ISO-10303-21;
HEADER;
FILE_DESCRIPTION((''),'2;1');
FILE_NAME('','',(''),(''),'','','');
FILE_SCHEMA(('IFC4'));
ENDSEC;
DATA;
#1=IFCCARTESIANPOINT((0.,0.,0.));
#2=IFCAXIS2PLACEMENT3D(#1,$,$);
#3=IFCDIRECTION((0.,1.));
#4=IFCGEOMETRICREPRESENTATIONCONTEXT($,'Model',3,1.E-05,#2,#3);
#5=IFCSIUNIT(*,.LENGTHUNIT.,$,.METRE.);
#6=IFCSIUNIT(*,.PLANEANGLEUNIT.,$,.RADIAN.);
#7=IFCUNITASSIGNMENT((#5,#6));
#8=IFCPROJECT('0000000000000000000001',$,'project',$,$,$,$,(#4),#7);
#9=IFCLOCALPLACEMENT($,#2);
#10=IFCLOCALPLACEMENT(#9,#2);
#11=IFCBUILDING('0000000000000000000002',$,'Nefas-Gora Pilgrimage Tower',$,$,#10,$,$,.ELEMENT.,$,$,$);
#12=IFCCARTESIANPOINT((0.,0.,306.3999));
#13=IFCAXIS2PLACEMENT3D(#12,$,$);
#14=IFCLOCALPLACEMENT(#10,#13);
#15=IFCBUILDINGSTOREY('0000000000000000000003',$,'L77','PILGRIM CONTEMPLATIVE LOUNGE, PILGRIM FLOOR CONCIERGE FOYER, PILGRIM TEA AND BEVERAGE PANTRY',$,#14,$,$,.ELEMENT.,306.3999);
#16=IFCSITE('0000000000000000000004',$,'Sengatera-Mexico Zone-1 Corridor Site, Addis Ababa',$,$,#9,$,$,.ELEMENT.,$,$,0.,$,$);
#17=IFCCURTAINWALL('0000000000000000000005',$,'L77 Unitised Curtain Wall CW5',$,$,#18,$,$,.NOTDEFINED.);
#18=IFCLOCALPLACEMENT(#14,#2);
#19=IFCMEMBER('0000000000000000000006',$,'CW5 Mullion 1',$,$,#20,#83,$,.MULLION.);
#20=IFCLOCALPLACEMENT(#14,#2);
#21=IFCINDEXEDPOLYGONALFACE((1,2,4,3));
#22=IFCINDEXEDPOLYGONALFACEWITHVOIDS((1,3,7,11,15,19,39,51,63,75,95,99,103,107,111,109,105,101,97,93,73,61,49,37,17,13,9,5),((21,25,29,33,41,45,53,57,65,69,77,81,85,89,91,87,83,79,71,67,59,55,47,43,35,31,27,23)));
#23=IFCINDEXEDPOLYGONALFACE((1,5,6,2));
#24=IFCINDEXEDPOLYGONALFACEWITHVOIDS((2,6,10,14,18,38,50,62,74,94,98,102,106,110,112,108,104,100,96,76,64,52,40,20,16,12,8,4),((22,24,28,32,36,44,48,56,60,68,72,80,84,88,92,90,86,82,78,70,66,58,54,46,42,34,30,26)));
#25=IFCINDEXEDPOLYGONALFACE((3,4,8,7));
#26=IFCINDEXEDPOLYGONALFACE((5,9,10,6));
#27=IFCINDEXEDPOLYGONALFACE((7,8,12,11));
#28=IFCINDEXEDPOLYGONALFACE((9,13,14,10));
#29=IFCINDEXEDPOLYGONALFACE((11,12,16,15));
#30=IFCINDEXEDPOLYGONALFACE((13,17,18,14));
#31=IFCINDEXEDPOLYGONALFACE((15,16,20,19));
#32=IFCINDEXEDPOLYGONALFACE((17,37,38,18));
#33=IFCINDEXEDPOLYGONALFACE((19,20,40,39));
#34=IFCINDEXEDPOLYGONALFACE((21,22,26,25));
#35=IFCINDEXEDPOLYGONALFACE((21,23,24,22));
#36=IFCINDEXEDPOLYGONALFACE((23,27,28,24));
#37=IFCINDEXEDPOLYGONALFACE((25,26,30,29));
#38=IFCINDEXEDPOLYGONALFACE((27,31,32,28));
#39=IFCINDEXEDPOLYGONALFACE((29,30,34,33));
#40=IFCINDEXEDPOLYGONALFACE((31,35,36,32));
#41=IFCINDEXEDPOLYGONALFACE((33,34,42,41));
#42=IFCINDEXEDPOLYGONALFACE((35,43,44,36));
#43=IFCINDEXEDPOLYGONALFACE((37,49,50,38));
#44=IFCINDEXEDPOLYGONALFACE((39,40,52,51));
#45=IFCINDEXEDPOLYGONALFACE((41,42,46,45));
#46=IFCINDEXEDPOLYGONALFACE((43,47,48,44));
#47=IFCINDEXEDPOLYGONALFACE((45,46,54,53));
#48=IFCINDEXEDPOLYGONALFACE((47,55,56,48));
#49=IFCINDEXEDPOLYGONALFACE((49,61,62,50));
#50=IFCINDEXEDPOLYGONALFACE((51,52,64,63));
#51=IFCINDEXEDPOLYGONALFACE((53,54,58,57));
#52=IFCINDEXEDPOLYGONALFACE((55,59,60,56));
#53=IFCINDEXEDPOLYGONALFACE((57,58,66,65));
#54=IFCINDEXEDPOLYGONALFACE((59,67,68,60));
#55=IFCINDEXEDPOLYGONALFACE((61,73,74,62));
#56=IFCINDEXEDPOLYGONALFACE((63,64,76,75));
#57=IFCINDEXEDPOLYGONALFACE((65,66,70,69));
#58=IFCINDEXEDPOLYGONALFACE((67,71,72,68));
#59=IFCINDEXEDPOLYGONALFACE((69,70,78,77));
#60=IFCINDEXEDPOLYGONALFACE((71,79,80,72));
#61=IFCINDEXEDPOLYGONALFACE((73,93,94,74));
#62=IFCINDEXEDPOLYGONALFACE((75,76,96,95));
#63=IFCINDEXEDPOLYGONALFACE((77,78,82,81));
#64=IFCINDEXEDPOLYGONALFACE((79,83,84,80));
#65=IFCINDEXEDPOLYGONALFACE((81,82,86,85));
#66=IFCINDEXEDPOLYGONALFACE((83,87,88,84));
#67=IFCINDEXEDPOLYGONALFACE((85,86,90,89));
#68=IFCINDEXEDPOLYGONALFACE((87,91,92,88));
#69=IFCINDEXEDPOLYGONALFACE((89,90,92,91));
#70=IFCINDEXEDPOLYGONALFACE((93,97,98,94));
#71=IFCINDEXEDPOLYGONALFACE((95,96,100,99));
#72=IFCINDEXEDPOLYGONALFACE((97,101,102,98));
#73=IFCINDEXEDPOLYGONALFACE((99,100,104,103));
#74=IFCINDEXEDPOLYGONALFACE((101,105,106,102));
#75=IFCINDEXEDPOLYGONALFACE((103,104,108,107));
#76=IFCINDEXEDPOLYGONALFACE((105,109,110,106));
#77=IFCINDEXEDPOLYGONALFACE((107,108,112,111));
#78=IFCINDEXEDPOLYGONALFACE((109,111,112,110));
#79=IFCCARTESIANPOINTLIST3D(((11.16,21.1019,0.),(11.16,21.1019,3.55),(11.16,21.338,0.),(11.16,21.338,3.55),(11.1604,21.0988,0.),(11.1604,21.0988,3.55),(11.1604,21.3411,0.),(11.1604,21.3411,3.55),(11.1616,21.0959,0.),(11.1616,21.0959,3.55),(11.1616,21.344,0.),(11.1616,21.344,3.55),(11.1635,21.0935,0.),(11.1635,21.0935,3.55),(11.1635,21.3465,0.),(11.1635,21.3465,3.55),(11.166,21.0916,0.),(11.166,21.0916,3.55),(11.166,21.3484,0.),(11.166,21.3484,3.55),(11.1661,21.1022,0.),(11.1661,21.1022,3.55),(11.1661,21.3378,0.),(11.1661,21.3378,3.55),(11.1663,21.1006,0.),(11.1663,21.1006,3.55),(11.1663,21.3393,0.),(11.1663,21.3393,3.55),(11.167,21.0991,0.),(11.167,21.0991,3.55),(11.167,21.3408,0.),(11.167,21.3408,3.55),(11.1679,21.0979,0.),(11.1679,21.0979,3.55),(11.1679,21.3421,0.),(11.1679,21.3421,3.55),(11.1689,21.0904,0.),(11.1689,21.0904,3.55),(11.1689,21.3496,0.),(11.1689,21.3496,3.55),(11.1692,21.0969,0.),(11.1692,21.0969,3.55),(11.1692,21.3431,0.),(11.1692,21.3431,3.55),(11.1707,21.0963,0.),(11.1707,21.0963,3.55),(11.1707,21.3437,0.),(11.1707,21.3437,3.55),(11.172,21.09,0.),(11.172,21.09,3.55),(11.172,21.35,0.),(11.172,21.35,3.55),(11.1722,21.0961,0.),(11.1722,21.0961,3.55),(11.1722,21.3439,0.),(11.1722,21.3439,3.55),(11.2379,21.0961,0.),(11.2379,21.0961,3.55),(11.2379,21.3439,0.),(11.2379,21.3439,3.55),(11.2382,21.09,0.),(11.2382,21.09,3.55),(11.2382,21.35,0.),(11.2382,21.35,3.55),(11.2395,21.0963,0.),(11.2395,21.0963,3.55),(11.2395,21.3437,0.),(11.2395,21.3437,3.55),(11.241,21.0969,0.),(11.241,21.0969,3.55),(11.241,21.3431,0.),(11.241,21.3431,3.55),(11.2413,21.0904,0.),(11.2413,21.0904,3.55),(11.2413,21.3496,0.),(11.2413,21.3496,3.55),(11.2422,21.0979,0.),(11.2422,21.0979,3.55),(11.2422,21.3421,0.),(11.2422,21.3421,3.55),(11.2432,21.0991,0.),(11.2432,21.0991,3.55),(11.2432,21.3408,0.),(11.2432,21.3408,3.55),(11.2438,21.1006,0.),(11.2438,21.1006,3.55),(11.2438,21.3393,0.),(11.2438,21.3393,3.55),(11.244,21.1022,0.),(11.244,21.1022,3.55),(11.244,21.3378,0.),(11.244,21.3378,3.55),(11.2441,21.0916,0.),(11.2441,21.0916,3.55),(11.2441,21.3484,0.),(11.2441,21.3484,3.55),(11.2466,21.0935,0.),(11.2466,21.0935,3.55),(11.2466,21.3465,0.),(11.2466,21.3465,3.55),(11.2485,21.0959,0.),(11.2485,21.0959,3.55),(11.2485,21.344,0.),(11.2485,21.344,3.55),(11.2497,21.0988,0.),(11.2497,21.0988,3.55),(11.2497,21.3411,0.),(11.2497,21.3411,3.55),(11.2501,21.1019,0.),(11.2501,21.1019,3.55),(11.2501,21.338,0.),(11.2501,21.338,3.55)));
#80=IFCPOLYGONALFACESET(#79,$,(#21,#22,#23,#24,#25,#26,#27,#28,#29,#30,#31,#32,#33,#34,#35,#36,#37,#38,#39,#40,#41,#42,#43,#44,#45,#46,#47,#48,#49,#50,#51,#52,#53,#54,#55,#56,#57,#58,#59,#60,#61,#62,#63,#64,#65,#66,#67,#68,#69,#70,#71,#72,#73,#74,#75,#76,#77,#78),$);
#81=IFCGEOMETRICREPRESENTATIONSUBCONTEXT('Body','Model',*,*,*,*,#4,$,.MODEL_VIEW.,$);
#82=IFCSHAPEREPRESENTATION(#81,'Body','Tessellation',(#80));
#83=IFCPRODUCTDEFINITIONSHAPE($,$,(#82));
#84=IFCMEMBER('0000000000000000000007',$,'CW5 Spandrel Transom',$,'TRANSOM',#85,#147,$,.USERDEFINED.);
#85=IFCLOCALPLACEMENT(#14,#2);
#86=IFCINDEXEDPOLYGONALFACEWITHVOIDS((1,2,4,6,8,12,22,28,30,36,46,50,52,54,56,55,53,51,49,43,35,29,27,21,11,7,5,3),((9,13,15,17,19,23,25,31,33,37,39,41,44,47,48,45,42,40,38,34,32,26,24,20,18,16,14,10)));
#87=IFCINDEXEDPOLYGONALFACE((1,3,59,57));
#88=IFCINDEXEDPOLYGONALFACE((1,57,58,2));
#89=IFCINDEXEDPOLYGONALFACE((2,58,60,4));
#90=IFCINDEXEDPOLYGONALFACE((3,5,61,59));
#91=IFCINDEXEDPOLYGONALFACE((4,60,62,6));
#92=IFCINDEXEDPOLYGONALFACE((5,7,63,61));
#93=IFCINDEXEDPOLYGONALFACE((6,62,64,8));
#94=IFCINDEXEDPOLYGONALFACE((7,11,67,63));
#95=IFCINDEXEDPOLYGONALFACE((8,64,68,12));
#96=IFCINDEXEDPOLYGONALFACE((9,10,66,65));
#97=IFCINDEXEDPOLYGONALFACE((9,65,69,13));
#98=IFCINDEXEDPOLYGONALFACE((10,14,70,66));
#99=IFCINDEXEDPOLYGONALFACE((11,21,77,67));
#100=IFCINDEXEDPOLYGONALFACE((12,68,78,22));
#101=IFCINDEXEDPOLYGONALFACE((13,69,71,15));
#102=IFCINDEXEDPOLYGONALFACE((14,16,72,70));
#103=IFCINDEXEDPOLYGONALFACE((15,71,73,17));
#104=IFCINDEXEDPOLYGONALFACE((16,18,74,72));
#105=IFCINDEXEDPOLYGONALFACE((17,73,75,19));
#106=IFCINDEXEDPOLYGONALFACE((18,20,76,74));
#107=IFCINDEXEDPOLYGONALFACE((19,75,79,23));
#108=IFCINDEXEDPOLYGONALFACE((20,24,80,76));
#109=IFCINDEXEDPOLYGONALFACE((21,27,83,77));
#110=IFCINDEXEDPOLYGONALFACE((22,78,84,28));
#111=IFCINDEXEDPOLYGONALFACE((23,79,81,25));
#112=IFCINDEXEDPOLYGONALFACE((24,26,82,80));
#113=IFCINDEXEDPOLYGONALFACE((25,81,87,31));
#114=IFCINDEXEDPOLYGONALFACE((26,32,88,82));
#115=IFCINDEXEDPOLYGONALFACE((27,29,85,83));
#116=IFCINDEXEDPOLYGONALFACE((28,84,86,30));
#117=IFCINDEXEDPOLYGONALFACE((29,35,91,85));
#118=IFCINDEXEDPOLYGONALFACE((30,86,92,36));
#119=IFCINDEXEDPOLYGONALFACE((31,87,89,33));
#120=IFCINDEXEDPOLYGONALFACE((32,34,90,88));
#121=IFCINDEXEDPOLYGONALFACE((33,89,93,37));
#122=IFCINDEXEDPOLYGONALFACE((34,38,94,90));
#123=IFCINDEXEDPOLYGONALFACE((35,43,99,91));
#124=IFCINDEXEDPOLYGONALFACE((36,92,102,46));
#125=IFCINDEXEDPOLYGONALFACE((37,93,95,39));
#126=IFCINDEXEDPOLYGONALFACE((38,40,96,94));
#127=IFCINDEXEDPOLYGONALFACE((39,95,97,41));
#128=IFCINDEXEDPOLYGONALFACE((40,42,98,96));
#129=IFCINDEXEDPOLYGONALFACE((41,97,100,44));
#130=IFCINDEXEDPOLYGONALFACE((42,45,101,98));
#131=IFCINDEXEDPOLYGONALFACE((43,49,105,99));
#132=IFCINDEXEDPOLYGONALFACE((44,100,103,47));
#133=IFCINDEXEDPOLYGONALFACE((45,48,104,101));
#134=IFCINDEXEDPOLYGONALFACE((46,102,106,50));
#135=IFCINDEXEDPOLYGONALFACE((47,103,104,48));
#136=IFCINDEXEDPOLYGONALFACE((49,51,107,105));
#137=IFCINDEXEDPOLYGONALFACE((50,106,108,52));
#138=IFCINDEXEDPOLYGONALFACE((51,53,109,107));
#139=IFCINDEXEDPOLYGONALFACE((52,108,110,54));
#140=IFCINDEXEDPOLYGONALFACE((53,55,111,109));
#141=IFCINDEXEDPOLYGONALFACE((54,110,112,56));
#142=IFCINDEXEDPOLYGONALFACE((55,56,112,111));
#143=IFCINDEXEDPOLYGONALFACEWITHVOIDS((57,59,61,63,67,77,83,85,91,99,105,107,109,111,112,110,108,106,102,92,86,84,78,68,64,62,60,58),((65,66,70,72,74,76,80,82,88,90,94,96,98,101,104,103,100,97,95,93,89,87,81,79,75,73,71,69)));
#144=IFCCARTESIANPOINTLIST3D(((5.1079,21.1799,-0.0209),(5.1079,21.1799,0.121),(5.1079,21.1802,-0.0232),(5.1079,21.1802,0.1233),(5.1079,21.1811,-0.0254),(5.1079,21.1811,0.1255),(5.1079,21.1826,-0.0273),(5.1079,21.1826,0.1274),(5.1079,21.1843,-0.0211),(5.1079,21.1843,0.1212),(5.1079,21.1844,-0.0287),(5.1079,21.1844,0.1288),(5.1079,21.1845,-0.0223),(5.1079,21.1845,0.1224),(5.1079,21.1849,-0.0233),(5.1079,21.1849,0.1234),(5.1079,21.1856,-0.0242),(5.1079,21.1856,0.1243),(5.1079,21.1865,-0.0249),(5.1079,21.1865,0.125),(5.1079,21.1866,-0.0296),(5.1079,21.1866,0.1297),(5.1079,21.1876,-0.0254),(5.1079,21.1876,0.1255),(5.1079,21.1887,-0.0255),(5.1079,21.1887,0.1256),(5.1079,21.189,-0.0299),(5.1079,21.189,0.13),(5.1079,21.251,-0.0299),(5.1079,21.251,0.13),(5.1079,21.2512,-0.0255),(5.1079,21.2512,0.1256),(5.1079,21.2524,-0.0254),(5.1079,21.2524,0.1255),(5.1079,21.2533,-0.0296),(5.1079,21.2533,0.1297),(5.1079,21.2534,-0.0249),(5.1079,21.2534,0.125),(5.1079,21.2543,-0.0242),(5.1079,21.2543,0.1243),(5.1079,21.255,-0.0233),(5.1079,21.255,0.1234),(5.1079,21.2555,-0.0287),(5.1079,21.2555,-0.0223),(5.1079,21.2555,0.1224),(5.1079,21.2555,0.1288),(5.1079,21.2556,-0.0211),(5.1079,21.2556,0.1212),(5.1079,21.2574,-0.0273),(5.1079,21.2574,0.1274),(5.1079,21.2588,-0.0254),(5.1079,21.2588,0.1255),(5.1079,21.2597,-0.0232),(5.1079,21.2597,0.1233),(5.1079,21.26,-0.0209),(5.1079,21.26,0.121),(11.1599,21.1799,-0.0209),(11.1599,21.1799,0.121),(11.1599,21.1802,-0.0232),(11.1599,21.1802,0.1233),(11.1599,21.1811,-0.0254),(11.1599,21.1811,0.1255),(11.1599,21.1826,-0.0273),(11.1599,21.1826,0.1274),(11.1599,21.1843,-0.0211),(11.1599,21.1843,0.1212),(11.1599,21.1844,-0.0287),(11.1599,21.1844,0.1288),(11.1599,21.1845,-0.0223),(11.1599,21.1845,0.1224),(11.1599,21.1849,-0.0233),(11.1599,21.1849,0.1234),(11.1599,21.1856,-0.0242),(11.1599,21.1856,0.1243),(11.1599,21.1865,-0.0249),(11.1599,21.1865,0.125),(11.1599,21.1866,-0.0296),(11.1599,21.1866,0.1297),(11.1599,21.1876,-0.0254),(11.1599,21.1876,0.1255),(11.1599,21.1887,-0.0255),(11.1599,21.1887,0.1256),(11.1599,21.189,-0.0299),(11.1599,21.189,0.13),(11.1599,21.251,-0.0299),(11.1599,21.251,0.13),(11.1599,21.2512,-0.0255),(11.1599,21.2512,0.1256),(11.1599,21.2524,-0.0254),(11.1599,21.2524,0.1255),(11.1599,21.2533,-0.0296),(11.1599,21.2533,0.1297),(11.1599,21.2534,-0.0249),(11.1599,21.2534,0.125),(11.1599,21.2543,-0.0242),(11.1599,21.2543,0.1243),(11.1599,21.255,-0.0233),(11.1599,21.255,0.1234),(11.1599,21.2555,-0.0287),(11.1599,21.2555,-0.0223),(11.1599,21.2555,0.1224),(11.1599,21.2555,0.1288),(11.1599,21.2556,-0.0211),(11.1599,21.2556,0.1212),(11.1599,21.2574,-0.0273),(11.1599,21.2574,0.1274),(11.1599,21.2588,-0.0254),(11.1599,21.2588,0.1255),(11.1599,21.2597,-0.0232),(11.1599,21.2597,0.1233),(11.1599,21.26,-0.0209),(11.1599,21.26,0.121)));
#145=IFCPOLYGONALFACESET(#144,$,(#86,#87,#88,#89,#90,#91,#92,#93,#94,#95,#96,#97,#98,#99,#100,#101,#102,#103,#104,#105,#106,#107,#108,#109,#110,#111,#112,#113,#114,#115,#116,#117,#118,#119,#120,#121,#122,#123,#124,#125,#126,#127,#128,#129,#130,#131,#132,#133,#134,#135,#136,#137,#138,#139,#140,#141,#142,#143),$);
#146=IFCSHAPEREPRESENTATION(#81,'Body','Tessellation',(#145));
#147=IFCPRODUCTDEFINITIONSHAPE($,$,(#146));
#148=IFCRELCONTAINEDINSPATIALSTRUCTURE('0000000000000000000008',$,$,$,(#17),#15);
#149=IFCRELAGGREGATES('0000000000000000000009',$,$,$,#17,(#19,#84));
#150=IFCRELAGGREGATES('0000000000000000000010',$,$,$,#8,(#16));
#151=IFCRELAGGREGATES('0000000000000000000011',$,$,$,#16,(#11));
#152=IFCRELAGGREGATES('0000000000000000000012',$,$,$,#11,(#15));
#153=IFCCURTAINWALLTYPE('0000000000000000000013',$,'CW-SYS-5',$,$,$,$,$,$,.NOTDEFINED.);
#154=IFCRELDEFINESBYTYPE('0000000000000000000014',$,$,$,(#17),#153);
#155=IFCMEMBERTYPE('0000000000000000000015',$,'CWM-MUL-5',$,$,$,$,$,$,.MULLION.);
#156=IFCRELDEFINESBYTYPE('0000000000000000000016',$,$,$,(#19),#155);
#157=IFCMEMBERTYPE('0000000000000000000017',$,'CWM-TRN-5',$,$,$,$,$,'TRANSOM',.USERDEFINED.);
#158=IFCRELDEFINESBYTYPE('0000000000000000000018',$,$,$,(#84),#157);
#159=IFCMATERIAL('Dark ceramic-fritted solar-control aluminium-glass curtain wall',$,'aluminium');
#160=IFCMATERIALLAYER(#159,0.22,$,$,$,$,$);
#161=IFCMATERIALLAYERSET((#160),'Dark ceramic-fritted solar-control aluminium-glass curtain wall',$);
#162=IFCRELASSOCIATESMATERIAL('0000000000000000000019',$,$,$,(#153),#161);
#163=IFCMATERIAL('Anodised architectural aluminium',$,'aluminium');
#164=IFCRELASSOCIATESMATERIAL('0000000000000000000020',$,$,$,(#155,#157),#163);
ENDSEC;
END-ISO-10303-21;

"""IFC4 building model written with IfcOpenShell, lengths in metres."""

from ifc_helpers import new_model, si_unit, direction, frame, origin, origin_2d, place, context, subcontext, project, spatial, hollow_rectangle, extrude, source, transform, mapped, material, layer, layer_set, material_profile, profile_set, type_object, element, aggregate, save


model = new_model("IFC4")

# Units and contexts
model_context = context("Model", 3, precision=1e-05, world=origin(), true_north=direction((0.0, 1.0)))
body_context = subcontext(model_context, "Body", "Model", "MODEL_VIEW")
ifc_project = project(units=[si_unit("LENGTHUNIT", "METRE"), si_unit("PLANEANGLEUNIT", "RADIAN")], contexts=[model_context])

# Site, building, storey
site_placement = place(None, origin())
site = spatial("IfcSite", under=ifc_project, at=site_placement, Name="Sengatera-Mexico Zone-1 Corridor Site, Addis Ababa", CompositionType="ELEMENT", RefElevation=0.0)
building_placement = place(site_placement, origin())
building = spatial("IfcBuilding", under=site, at=building_placement, Name="Nefas-Gora Pilgrimage Tower", CompositionType="ELEMENT")
storey_placement = place(building_placement, frame((0.0, 0.0, 306.3999)))
storey = spatial("IfcBuildingStorey", under=building, at=storey_placement, Name="L77", Description="PILGRIM CONTEMPLATIVE LOUNGE, PILGRIM FLOOR CONCIERGE FOYER, PILGRIM TEA AND BEVERAGE PANTRY", CompositionType="ELEMENT", Elevation=306.3999)

# Curtain wall, members
ifc_material_1 = material(Name="Dark ceramic-fritted solar-control aluminium-glass curtain wall", Category="aluminium")
ifc_layer_1 = layer(ifc_material_1, 0.22)
ifc_layer_set_1 = layer_set([ifc_layer_1], Name="Dark ceramic-fritted solar-control aluminium-glass curtain wall")
curtain_wall_type_1 = type_object("IfcCurtainWallType", Name="CW-SYS-5", PredefinedType="NOTDEFINED", material=ifc_layer_set_1)
curtain_wall_1_placement = place(storey_placement, origin())
curtain_wall_1 = element("IfcCurtainWall", 1, at=curtain_wall_1_placement, inside=storey, type_object=curtain_wall_type_1, Name="L77 Unitised Curtain Wall CW5", PredefinedType="NOTDEFINED")
ifc_material_2 = material(Name="Anodised architectural aluminium", Category="aluminium")
ifc_material_profile_1 = material_profile(ifc_material_2, hollow_rectangle(XDim=0.0901, YDim=0.26, WallThickness=0.0061, InnerFilletRadius=0.0061, OuterFilletRadius=0.012, at=origin_2d()), Name="ALU MULLION 90x260")
ifc_profile_set_1 = profile_set([ifc_material_profile_1], Name="Anodised architectural aluminium")
member_type_1 = type_object("IfcMemberType", Name="CWM-MUL-5", PredefinedType="MULLION", material=ifc_profile_set_1)
shared_shape_1 = source(origin(), body_context, "Body", "SweptSolid", [
    extrude(hollow_rectangle(XDim=0.0901, YDim=0.26, WallThickness=0.0061, InnerFilletRadius=0.0061, OuterFilletRadius=0.012, at=origin_2d()), origin(), (0.0, 0.0, 1.0), 3.55),
])
member_1_placement = place(storey_placement, frame((11.2051, 21.22, 0.0), z_axis=(0.0, 0.0, 1.0), x_axis=(-1.0, 0.0, 0.0)))
member_1 = element("IfcMember", 2, at=member_1_placement, type_object=member_type_1, Name="CW5 Mullion 1", PredefinedType="MULLION", context=body_context, shape_type="MappedRepresentation", body=[
    mapped(shared_shape_1, transform((0.0, 0.0, 0.0), x_axis=(1.0, 0.0, 0.0), y_axis=(0.0, 1.0, 0.0), z_axis=(0.0, 0.0, 1.0), scale=1.0)),
])
ifc_material_profile_2 = material_profile(ifc_material_2, hollow_rectangle(XDim=0.0801, YDim=0.1599, WallThickness=0.0044, InnerFilletRadius=0.0044, OuterFilletRadius=0.009, at=origin_2d()), Name="ALU TRANSOM 80x160")
ifc_profile_set_2 = profile_set([ifc_material_profile_2], Name="Anodised architectural aluminium")
member_type_2 = type_object("IfcMemberType", Name="CWM-TRN-5", ElementType="TRANSOM", PredefinedType="USERDEFINED", material=ifc_profile_set_2)
shared_shape_2 = source(origin(), body_context, "Body", "SweptSolid", [
    extrude(hollow_rectangle(XDim=0.0801, YDim=0.1599, WallThickness=0.0044, InnerFilletRadius=0.0044, OuterFilletRadius=0.009, at=origin_2d()), origin(), (0.0, 0.0, 1.0), 6.052),
])
member_2_placement = place(storey_placement, frame((11.1599, 21.22, 0.05), z_axis=(-1.0, 0.0, 0.0), x_axis=(0.0, -1.0, 0.0)))
member_2 = element("IfcMember", 3, at=member_2_placement, type_object=member_type_2, Name="CW5 Spandrel Transom", ObjectType="TRANSOM", PredefinedType="USERDEFINED", context=body_context, shape_type="MappedRepresentation", body=[
    mapped(shared_shape_2, transform((0.0, 0.0, 0.0), x_axis=(1.0, 0.0, 0.0), y_axis=(0.0, 1.0, 0.0), z_axis=(0.0, 0.0, 1.0), scale=1.0)),
])

aggregate(curtain_wall_1, [member_1, member_2])

save(model, "model.ifc")
